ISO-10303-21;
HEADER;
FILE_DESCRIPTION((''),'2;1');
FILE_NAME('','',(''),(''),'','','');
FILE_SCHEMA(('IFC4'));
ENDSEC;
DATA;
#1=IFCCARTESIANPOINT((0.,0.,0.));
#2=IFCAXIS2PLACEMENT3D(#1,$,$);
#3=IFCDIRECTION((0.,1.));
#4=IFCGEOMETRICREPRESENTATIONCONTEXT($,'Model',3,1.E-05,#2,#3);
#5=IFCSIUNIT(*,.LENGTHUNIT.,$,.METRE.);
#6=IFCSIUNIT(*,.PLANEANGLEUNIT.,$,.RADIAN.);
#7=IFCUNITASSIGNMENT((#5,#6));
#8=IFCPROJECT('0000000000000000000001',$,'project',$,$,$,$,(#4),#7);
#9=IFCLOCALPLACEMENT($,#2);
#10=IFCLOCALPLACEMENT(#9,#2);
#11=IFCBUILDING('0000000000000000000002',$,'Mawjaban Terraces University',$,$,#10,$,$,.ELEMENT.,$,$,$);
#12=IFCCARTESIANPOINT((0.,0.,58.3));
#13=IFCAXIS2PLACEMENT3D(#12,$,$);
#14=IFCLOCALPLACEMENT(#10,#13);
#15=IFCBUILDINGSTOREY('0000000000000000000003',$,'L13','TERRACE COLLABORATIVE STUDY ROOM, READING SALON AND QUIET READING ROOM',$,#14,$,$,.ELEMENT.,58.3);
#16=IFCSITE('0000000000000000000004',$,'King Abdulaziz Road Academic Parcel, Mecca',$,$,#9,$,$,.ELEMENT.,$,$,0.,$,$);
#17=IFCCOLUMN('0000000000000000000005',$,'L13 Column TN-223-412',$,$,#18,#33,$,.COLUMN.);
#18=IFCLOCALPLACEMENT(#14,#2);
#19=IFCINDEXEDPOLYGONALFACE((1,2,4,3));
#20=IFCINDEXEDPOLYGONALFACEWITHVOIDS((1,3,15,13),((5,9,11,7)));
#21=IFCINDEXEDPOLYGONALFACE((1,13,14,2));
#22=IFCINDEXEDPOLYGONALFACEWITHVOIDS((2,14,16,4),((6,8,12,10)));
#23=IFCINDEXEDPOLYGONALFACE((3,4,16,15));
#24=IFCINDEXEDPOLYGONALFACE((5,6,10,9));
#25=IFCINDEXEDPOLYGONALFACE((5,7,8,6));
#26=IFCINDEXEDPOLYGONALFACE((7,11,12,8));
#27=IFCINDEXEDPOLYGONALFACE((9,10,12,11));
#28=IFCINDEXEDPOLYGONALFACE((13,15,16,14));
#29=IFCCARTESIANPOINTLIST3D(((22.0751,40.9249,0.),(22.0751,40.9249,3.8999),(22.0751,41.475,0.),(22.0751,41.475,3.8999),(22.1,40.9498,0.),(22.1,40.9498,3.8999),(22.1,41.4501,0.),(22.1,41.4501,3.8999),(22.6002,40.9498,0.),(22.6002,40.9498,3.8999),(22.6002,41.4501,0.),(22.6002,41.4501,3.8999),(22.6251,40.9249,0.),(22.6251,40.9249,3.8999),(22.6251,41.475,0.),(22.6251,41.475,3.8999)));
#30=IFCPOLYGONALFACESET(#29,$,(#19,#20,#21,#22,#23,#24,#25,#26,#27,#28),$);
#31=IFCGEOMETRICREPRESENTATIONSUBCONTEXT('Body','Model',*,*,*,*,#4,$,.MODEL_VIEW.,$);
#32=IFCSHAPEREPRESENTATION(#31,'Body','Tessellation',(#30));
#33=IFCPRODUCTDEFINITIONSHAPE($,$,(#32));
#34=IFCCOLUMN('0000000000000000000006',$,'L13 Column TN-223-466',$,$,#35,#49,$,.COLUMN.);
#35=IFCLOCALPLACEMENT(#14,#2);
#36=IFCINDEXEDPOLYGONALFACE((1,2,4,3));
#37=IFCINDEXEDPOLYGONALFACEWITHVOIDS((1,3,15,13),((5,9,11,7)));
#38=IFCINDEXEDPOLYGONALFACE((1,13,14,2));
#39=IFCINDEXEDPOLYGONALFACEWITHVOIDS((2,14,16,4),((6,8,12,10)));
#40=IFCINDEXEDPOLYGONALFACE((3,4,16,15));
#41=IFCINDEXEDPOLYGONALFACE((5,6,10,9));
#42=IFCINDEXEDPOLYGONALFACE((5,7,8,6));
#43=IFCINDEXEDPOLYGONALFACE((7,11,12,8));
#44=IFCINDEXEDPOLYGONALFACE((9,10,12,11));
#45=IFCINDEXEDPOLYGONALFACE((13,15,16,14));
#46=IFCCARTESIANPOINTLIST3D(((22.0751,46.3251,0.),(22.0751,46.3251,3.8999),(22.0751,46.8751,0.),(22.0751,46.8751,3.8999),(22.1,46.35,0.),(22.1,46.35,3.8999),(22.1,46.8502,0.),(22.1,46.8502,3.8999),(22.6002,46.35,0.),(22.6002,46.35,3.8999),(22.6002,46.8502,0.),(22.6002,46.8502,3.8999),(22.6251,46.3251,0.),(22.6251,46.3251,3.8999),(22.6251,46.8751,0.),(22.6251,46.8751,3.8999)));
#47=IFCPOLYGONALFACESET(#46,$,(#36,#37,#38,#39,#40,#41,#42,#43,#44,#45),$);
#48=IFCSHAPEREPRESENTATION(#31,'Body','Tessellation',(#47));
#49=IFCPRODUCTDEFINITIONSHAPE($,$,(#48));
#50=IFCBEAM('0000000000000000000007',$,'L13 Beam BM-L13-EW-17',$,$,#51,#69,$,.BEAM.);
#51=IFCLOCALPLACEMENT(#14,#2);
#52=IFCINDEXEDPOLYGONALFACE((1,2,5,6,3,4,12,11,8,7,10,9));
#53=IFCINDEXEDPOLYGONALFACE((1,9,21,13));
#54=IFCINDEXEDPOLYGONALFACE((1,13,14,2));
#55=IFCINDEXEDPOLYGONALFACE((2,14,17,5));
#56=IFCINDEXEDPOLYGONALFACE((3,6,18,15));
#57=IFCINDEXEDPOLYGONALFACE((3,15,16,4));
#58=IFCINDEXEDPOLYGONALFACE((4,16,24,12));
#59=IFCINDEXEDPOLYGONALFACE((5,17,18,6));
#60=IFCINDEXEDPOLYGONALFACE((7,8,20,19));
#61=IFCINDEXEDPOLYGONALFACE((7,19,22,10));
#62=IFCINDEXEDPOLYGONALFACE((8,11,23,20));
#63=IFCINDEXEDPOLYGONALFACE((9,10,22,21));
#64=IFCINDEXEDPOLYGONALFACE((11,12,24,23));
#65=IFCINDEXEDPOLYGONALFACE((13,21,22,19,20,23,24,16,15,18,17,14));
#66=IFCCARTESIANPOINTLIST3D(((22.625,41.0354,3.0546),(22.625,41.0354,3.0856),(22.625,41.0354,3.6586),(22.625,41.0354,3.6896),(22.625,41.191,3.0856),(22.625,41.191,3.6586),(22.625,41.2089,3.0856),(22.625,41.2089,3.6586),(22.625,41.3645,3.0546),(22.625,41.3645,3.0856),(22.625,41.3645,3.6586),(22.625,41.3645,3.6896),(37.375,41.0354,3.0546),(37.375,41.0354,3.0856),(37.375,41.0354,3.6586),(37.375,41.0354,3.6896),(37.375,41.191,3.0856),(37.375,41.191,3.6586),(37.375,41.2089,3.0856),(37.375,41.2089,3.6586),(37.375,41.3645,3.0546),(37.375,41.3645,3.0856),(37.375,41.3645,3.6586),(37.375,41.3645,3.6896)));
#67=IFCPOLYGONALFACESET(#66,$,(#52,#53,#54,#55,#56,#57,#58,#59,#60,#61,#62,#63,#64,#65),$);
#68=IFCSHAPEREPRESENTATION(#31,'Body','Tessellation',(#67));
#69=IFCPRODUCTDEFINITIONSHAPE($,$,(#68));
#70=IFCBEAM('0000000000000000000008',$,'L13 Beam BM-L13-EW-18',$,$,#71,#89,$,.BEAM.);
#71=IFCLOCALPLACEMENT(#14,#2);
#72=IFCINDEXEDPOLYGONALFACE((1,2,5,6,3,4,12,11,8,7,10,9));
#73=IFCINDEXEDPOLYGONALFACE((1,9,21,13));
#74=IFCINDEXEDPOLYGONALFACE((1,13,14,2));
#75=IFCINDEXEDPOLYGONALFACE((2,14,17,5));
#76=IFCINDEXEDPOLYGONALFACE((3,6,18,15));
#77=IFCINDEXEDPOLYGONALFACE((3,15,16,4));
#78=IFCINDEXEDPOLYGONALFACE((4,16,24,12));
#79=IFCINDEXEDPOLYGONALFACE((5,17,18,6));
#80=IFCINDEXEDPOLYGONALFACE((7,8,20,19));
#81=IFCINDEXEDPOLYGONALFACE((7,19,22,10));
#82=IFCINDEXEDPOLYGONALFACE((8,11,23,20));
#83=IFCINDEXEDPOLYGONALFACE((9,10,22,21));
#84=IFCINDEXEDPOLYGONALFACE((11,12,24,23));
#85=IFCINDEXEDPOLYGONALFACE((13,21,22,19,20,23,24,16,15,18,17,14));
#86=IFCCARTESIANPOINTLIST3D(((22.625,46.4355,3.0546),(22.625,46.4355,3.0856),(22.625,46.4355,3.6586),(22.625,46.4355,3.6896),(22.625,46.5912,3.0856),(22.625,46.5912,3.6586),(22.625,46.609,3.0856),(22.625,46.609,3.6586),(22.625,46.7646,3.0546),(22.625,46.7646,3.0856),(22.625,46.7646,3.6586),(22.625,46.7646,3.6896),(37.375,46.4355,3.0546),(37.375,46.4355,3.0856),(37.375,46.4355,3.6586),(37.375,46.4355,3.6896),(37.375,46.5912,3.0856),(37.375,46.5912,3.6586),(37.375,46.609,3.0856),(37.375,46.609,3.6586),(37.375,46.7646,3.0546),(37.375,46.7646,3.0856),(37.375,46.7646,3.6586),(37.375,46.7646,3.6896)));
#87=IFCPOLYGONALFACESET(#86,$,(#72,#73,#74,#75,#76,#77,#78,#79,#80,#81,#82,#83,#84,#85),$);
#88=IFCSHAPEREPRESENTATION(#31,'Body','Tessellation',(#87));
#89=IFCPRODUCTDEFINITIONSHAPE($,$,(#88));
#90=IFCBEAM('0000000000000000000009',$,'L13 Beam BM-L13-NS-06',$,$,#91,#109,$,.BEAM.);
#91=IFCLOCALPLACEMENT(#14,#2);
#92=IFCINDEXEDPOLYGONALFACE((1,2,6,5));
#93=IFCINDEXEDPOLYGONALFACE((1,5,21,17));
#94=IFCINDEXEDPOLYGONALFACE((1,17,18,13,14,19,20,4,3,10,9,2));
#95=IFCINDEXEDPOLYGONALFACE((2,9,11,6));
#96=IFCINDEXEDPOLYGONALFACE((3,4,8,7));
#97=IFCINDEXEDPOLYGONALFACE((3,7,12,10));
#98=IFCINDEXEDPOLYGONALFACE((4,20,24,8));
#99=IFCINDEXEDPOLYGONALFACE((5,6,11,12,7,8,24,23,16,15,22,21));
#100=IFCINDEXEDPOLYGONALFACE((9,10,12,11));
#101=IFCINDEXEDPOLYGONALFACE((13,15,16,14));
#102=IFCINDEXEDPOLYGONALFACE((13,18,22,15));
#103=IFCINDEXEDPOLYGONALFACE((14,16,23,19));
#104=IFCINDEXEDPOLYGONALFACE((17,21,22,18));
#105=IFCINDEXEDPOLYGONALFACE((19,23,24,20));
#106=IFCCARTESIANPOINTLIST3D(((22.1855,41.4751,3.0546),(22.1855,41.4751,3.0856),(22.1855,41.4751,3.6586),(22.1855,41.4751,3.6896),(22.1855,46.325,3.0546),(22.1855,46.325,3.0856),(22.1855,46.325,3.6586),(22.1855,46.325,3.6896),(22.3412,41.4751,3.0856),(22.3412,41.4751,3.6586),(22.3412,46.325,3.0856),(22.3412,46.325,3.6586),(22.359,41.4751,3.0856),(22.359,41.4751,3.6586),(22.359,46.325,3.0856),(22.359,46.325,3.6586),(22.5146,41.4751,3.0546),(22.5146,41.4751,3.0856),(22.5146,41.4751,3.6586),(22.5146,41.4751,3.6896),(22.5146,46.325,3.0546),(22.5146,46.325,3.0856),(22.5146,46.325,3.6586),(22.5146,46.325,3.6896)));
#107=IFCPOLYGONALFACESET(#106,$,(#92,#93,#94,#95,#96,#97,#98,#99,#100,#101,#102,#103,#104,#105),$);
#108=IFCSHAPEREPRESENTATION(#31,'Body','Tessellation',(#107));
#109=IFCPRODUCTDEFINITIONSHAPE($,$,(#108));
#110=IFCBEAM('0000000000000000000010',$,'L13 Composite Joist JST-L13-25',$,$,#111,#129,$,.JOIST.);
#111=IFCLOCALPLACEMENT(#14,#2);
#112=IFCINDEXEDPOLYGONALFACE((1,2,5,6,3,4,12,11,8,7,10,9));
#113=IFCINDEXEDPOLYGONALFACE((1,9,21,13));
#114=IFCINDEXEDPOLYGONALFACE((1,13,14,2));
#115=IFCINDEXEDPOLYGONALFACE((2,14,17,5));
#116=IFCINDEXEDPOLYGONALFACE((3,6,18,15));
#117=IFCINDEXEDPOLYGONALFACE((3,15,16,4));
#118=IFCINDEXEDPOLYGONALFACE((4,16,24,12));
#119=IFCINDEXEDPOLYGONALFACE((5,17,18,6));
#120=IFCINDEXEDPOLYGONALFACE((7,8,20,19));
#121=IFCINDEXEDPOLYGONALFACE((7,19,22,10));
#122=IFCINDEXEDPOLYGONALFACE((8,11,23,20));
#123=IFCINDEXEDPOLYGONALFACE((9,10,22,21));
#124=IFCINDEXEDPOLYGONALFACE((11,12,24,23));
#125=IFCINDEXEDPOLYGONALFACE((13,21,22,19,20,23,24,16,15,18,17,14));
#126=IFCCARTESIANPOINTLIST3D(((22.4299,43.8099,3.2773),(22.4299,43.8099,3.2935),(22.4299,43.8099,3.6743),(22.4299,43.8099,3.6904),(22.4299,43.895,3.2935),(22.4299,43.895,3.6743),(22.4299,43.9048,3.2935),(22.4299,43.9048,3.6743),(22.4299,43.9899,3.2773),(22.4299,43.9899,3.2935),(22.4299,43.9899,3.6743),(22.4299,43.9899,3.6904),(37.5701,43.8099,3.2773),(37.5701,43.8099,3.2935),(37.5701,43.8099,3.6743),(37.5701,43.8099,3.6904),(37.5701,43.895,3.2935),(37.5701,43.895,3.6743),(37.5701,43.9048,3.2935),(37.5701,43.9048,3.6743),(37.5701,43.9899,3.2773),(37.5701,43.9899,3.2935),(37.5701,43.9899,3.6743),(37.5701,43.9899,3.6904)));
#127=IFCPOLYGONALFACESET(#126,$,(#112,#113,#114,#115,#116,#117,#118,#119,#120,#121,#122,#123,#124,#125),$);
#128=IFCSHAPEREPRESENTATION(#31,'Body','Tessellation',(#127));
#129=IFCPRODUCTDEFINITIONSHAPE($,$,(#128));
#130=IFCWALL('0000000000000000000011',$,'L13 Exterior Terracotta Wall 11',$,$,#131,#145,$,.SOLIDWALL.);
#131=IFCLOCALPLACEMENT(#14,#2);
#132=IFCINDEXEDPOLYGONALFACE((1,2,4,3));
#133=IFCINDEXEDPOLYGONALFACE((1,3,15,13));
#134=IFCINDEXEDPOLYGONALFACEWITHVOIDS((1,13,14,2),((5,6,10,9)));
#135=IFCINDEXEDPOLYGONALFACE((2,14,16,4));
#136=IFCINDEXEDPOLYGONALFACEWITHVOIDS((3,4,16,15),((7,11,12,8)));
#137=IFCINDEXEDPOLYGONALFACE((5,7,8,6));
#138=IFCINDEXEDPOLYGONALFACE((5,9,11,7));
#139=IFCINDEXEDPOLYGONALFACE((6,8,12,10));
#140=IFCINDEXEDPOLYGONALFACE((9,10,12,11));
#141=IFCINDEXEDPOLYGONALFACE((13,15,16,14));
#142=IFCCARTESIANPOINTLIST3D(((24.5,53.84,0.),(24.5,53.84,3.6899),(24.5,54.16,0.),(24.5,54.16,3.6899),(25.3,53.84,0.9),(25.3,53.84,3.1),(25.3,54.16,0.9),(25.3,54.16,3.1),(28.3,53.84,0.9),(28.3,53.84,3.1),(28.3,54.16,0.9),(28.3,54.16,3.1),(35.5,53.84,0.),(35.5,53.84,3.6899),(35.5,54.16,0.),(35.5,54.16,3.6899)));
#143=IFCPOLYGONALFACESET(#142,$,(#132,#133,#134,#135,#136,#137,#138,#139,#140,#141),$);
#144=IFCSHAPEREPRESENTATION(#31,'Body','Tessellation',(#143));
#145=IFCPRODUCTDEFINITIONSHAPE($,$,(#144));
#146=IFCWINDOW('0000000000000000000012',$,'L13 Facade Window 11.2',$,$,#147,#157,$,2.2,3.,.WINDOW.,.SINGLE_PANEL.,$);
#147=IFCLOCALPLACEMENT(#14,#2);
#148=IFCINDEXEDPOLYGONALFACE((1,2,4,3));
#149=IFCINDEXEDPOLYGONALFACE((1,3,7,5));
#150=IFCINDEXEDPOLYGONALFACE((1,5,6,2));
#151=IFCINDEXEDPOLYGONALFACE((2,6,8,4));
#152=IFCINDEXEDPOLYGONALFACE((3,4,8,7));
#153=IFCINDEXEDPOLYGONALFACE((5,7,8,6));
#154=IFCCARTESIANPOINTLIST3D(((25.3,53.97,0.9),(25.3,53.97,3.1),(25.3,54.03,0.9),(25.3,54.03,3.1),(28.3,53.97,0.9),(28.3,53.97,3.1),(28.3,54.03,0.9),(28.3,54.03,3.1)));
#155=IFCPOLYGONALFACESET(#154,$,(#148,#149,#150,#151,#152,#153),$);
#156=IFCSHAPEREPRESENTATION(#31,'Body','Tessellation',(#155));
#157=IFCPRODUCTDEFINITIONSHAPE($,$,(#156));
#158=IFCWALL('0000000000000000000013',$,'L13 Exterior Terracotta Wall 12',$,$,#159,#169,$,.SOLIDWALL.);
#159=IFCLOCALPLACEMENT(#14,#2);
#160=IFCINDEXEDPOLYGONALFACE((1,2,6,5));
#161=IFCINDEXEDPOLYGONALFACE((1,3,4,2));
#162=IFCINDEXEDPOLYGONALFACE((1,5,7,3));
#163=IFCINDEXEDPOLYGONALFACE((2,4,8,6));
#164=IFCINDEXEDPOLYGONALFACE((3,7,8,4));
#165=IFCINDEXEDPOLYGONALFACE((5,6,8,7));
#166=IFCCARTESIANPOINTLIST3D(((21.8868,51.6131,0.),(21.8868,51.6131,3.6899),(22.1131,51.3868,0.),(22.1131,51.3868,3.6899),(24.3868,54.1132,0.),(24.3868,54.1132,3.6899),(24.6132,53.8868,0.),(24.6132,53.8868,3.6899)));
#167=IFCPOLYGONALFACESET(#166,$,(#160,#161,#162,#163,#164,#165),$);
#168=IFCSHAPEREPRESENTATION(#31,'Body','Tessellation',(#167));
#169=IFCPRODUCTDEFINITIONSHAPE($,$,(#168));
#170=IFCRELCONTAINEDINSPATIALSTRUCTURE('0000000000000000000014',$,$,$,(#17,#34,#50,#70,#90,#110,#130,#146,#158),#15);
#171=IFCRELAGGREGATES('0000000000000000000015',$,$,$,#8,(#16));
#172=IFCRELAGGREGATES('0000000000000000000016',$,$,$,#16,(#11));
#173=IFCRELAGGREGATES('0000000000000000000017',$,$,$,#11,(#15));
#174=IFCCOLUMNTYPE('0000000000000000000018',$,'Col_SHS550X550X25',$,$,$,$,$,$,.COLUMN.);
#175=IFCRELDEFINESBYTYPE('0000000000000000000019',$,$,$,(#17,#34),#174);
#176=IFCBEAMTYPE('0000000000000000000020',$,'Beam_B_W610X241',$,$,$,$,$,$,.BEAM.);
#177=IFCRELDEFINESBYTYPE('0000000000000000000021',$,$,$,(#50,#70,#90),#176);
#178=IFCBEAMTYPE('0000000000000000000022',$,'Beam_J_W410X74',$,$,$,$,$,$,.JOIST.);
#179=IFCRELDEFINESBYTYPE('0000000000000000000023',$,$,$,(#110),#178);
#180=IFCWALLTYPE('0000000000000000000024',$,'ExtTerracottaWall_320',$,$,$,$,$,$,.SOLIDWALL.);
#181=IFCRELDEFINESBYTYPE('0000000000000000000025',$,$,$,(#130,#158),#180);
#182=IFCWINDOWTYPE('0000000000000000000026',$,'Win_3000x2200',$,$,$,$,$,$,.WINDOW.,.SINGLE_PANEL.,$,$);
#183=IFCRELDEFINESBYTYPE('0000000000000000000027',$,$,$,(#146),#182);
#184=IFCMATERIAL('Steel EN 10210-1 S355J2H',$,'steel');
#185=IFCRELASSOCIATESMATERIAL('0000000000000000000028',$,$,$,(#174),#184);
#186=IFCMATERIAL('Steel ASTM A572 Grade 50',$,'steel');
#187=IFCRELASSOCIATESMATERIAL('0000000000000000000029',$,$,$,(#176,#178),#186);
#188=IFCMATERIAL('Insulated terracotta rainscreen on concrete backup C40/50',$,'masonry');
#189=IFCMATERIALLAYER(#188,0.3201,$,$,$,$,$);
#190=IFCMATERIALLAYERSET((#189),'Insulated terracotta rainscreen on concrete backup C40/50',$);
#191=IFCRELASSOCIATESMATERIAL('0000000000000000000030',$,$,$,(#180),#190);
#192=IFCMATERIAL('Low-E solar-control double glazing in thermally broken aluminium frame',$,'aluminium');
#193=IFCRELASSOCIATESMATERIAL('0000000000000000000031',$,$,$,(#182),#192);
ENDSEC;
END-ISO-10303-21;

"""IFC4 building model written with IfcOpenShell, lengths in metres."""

from ifc_helpers import new_model, si_unit, direction, frame, frame_2d, origin, origin_2d, place, context, subcontext, project, spatial, rectangle, hollow_rectangle, i_section, extrude, material, layer, layer_set, material_profile, profile_set, type_object, element, fill, save


model = new_model("IFC4")

# Units and contexts
model_context = context("Model", 3, precision=1e-05, world=origin(), true_north=direction((0.0, 1.0)))
body_context = subcontext(model_context, "Body", "Model", "MODEL_VIEW")
ifc_project = project(units=[si_unit("LENGTHUNIT", "METRE"), si_unit("PLANEANGLEUNIT", "RADIAN")], contexts=[model_context])

# Site, building, storey
site_placement = place(None, origin())
site = spatial("IfcSite", under=ifc_project, at=site_placement, Name="King Abdulaziz Road Academic Parcel, Mecca", CompositionType="ELEMENT", RefElevation=0.0)
building_placement = place(site_placement, origin())
building = spatial("IfcBuilding", under=site, at=building_placement, Name="Mawjaban Terraces University", CompositionType="ELEMENT")
storey_placement = place(building_placement, frame((0.0, 0.0, 58.3)))
storey = spatial("IfcBuildingStorey", under=building, at=storey_placement, Name="L13", Description="TERRACE COLLABORATIVE STUDY ROOM, READING SALON AND QUIET READING ROOM", CompositionType="ELEMENT", Elevation=58.3)

# Columns
ifc_material_1 = material(Name="Steel EN 10210-1 S355J2H", Category="steel")
ifc_material_profile_1 = material_profile(ifc_material_1, hollow_rectangle(XDim=0.55, YDim=0.55, WallThickness=0.0249, at=origin_2d()), Name="SHS550X550X25")
ifc_profile_set_1 = profile_set([ifc_material_profile_1], Name="Steel EN 10210-1 S355J2H")
column_type = type_object("IfcColumnType", Name="Col_SHS550X550X25", PredefinedType="COLUMN", material=ifc_profile_set_1)
for number, where, z_axis, x_axis, name in (
    (1, (22.3501, 41.2, 0.0), (0.0, 0.0, 1.0), (1.0, 0.0, 0.0), "L13 Column TN-223-412"),
    (2, (22.3501, 46.6001, 0.0), (0.0, 0.0, 1.0), (1.0, 0.0, 0.0), "L13 Column TN-223-466"),
):
    element("IfcColumn", number, at=place(storey_placement, frame(where, z_axis=z_axis, x_axis=x_axis)), inside=storey, type_object=column_type, Name=name, PredefinedType="COLUMN", context=body_context, shape_type="SweptSolid", body=[
        extrude(hollow_rectangle(XDim=0.55, YDim=0.55, WallThickness=0.0249, at=origin_2d()), origin(), (0.0, 0.0, 1.0), 3.8999),
    ])

# Beams
ifc_material_2 = material(Name="Steel ASTM A572 Grade 50", Category="steel")
ifc_material_profile_2 = material_profile(ifc_material_2, i_section(OverallWidth=0.3291, OverallDepth=0.635, WebThickness=0.0178, FlangeThickness=0.031, at=origin_2d()), Name="W610X241")
ifc_profile_set_2 = profile_set([ifc_material_profile_2], Name="Steel ASTM A572 Grade 50")
beam_type_1 = type_object("IfcBeamType", Name="Beam_B_W610X241", PredefinedType="BEAM", material=ifc_profile_set_2)
for number, where, z_axis, x_axis, name in (
    (3, (22.625, 41.2, 3.3721), (1.0, 0.0, 0.0), (0.0, 1.0, 0.0), "L13 Beam BM-L13-EW-17"),
    (4, (22.625, 46.6001, 3.3721), (1.0, 0.0, 0.0), (0.0, 1.0, 0.0), "L13 Beam BM-L13-EW-18"),
):
    element("IfcBeam", number, at=place(storey_placement, frame(where, z_axis=z_axis, x_axis=x_axis)), inside=storey, type_object=beam_type_1, Name=name, PredefinedType="BEAM", context=body_context, shape_type="SweptSolid", body=[
        extrude(i_section(OverallWidth=0.3291, OverallDepth=0.635, WebThickness=0.0178, FlangeThickness=0.031, at=origin_2d()), origin(), (0.0, 0.0, 1.0), 14.75),
    ])
beam_1_placement = place(storey_placement, frame((22.3501, 41.4751, 3.3721), z_axis=(0.0, 1.0, 0.0), x_axis=(-1.0, 0.0, 0.0)))
element("IfcBeam", 5, at=beam_1_placement, inside=storey, type_object=beam_type_1, Name="L13 Beam BM-L13-NS-06", PredefinedType="BEAM", context=body_context, shape_type="SweptSolid", body=[
    extrude(i_section(OverallWidth=0.3291, OverallDepth=0.635, WebThickness=0.0178, FlangeThickness=0.031, at=origin_2d()), origin(), (0.0, 0.0, 1.0), 4.8499),
])
ifc_material_profile_3 = material_profile(ifc_material_2, i_section(OverallWidth=0.1799, OverallDepth=0.4131, WebThickness=0.0098, FlangeThickness=0.0161, at=origin_2d()), Name="W410X74")
ifc_profile_set_3 = profile_set([ifc_material_profile_3], Name="Steel ASTM A572 Grade 50")
beam_type_2 = type_object("IfcBeamType", Name="Beam_J_W410X74", PredefinedType="JOIST", material=ifc_profile_set_3)
beam_2_placement = place(storey_placement, frame((22.4299, 43.8999, 3.4839), z_axis=(1.0, 0.0, 0.0), x_axis=(0.0, 1.0, 0.0)))
element("IfcBeam", 6, at=beam_2_placement, inside=storey, type_object=beam_type_2, Name="L13 Composite Joist JST-L13-25", PredefinedType="JOIST", context=body_context, shape_type="SweptSolid", body=[
    extrude(i_section(OverallWidth=0.1799, OverallDepth=0.4131, WebThickness=0.0098, FlangeThickness=0.0161, at=origin_2d()), origin(), (0.0, 0.0, 1.0), 15.1401),
])

# Wall, opening, window
ifc_material_3 = material(Name="Insulated terracotta rainscreen on concrete backup C40/50", Category="masonry")
ifc_layer_1 = layer(ifc_material_3, 0.3201)
ifc_layer_set_1 = layer_set([ifc_layer_1], Name="Insulated terracotta rainscreen on concrete backup C40/50")
wall_type_1 = type_object("IfcWallType", Name="ExtTerracottaWall_320", PredefinedType="SOLIDWALL", material=ifc_layer_set_1)
wall_1_placement = place(storey_placement, frame((35.5, 54.0, 0.0), z_axis=(0.0, 0.0, 1.0), x_axis=(-1.0, 0.0, 0.0)))
wall_1 = element("IfcWall", 7, at=wall_1_placement, inside=storey, type_object=wall_type_1, Name="L13 Exterior Terracotta Wall 11", PredefinedType="SOLIDWALL", context=body_context, shape_type="SweptSolid", body=[
    extrude(rectangle(XDim=11.0, YDim=0.3201, at=frame_2d((5.5, 0.0))), origin(), (0.0, 0.0, 1.0), 3.6899),
])
opening_1_placement = place(wall_1_placement, frame((7.2, 0.0, 0.8999)))
opening_1 = element("IfcOpeningElement", 8, at=opening_1_placement, cuts=wall_1, PredefinedType="OPENING", context=body_context, shape_type="SweptSolid", body=[
    extrude(rectangle(XDim=3.0, YDim=2.2, at=frame_2d((1.5, 1.1001))), frame((0.0, 0.1699, 0.0), z_axis=(0.0, -1.0, 0.0), x_axis=(1.0, 0.0, 0.0)), (0.0, 0.0, 1.0), 0.3401),
])
ifc_material_4 = material(Name="Low-E solar-control double glazing in thermally broken aluminium frame", Category="aluminium")
window_type_1 = type_object("IfcWindowType", Name="Win_3000x2200", PartitioningType="SINGLE_PANEL", PredefinedType="WINDOW", material=ifc_material_4)
window_1_placement = place(opening_1_placement, origin())
window_1 = element("IfcWindow", 9, at=window_1_placement, inside=storey, type_object=window_type_1, Name="L13 Facade Window 11.2", OverallHeight=2.2, OverallWidth=3.0, PartitioningType="SINGLE_PANEL", PredefinedType="WINDOW", context=body_context, shape_type="SweptSolid", body=[
    extrude(rectangle(XDim=3.0, YDim=2.2, at=frame_2d((1.5, 1.1001))), frame((0.0, 0.03, 0.0), z_axis=(0.0, -1.0, 0.0), x_axis=(1.0, 0.0, 0.0)), (0.0, 0.0, 1.0), 0.0601),
])
fill(opening_1, window_1)

# Wall
wall_2_placement = place(storey_placement, frame((24.5, 54.0, 0.0), z_axis=(0.0, 0.0, 1.0), x_axis=(-0.707107, -0.707107, 0.0)))
element("IfcWall", 10, at=wall_2_placement, inside=storey, type_object=wall_type_1, Name="L13 Exterior Terracotta Wall 12", PredefinedType="SOLIDWALL", context=body_context, shape_type="SweptSolid", body=[
    extrude(rectangle(XDim=3.5356, YDim=0.3201, at=frame_2d((1.7678, 0.0))), origin(), (0.0, 0.0, 1.0), 3.6899),
])

save(model, "model.ifc")
